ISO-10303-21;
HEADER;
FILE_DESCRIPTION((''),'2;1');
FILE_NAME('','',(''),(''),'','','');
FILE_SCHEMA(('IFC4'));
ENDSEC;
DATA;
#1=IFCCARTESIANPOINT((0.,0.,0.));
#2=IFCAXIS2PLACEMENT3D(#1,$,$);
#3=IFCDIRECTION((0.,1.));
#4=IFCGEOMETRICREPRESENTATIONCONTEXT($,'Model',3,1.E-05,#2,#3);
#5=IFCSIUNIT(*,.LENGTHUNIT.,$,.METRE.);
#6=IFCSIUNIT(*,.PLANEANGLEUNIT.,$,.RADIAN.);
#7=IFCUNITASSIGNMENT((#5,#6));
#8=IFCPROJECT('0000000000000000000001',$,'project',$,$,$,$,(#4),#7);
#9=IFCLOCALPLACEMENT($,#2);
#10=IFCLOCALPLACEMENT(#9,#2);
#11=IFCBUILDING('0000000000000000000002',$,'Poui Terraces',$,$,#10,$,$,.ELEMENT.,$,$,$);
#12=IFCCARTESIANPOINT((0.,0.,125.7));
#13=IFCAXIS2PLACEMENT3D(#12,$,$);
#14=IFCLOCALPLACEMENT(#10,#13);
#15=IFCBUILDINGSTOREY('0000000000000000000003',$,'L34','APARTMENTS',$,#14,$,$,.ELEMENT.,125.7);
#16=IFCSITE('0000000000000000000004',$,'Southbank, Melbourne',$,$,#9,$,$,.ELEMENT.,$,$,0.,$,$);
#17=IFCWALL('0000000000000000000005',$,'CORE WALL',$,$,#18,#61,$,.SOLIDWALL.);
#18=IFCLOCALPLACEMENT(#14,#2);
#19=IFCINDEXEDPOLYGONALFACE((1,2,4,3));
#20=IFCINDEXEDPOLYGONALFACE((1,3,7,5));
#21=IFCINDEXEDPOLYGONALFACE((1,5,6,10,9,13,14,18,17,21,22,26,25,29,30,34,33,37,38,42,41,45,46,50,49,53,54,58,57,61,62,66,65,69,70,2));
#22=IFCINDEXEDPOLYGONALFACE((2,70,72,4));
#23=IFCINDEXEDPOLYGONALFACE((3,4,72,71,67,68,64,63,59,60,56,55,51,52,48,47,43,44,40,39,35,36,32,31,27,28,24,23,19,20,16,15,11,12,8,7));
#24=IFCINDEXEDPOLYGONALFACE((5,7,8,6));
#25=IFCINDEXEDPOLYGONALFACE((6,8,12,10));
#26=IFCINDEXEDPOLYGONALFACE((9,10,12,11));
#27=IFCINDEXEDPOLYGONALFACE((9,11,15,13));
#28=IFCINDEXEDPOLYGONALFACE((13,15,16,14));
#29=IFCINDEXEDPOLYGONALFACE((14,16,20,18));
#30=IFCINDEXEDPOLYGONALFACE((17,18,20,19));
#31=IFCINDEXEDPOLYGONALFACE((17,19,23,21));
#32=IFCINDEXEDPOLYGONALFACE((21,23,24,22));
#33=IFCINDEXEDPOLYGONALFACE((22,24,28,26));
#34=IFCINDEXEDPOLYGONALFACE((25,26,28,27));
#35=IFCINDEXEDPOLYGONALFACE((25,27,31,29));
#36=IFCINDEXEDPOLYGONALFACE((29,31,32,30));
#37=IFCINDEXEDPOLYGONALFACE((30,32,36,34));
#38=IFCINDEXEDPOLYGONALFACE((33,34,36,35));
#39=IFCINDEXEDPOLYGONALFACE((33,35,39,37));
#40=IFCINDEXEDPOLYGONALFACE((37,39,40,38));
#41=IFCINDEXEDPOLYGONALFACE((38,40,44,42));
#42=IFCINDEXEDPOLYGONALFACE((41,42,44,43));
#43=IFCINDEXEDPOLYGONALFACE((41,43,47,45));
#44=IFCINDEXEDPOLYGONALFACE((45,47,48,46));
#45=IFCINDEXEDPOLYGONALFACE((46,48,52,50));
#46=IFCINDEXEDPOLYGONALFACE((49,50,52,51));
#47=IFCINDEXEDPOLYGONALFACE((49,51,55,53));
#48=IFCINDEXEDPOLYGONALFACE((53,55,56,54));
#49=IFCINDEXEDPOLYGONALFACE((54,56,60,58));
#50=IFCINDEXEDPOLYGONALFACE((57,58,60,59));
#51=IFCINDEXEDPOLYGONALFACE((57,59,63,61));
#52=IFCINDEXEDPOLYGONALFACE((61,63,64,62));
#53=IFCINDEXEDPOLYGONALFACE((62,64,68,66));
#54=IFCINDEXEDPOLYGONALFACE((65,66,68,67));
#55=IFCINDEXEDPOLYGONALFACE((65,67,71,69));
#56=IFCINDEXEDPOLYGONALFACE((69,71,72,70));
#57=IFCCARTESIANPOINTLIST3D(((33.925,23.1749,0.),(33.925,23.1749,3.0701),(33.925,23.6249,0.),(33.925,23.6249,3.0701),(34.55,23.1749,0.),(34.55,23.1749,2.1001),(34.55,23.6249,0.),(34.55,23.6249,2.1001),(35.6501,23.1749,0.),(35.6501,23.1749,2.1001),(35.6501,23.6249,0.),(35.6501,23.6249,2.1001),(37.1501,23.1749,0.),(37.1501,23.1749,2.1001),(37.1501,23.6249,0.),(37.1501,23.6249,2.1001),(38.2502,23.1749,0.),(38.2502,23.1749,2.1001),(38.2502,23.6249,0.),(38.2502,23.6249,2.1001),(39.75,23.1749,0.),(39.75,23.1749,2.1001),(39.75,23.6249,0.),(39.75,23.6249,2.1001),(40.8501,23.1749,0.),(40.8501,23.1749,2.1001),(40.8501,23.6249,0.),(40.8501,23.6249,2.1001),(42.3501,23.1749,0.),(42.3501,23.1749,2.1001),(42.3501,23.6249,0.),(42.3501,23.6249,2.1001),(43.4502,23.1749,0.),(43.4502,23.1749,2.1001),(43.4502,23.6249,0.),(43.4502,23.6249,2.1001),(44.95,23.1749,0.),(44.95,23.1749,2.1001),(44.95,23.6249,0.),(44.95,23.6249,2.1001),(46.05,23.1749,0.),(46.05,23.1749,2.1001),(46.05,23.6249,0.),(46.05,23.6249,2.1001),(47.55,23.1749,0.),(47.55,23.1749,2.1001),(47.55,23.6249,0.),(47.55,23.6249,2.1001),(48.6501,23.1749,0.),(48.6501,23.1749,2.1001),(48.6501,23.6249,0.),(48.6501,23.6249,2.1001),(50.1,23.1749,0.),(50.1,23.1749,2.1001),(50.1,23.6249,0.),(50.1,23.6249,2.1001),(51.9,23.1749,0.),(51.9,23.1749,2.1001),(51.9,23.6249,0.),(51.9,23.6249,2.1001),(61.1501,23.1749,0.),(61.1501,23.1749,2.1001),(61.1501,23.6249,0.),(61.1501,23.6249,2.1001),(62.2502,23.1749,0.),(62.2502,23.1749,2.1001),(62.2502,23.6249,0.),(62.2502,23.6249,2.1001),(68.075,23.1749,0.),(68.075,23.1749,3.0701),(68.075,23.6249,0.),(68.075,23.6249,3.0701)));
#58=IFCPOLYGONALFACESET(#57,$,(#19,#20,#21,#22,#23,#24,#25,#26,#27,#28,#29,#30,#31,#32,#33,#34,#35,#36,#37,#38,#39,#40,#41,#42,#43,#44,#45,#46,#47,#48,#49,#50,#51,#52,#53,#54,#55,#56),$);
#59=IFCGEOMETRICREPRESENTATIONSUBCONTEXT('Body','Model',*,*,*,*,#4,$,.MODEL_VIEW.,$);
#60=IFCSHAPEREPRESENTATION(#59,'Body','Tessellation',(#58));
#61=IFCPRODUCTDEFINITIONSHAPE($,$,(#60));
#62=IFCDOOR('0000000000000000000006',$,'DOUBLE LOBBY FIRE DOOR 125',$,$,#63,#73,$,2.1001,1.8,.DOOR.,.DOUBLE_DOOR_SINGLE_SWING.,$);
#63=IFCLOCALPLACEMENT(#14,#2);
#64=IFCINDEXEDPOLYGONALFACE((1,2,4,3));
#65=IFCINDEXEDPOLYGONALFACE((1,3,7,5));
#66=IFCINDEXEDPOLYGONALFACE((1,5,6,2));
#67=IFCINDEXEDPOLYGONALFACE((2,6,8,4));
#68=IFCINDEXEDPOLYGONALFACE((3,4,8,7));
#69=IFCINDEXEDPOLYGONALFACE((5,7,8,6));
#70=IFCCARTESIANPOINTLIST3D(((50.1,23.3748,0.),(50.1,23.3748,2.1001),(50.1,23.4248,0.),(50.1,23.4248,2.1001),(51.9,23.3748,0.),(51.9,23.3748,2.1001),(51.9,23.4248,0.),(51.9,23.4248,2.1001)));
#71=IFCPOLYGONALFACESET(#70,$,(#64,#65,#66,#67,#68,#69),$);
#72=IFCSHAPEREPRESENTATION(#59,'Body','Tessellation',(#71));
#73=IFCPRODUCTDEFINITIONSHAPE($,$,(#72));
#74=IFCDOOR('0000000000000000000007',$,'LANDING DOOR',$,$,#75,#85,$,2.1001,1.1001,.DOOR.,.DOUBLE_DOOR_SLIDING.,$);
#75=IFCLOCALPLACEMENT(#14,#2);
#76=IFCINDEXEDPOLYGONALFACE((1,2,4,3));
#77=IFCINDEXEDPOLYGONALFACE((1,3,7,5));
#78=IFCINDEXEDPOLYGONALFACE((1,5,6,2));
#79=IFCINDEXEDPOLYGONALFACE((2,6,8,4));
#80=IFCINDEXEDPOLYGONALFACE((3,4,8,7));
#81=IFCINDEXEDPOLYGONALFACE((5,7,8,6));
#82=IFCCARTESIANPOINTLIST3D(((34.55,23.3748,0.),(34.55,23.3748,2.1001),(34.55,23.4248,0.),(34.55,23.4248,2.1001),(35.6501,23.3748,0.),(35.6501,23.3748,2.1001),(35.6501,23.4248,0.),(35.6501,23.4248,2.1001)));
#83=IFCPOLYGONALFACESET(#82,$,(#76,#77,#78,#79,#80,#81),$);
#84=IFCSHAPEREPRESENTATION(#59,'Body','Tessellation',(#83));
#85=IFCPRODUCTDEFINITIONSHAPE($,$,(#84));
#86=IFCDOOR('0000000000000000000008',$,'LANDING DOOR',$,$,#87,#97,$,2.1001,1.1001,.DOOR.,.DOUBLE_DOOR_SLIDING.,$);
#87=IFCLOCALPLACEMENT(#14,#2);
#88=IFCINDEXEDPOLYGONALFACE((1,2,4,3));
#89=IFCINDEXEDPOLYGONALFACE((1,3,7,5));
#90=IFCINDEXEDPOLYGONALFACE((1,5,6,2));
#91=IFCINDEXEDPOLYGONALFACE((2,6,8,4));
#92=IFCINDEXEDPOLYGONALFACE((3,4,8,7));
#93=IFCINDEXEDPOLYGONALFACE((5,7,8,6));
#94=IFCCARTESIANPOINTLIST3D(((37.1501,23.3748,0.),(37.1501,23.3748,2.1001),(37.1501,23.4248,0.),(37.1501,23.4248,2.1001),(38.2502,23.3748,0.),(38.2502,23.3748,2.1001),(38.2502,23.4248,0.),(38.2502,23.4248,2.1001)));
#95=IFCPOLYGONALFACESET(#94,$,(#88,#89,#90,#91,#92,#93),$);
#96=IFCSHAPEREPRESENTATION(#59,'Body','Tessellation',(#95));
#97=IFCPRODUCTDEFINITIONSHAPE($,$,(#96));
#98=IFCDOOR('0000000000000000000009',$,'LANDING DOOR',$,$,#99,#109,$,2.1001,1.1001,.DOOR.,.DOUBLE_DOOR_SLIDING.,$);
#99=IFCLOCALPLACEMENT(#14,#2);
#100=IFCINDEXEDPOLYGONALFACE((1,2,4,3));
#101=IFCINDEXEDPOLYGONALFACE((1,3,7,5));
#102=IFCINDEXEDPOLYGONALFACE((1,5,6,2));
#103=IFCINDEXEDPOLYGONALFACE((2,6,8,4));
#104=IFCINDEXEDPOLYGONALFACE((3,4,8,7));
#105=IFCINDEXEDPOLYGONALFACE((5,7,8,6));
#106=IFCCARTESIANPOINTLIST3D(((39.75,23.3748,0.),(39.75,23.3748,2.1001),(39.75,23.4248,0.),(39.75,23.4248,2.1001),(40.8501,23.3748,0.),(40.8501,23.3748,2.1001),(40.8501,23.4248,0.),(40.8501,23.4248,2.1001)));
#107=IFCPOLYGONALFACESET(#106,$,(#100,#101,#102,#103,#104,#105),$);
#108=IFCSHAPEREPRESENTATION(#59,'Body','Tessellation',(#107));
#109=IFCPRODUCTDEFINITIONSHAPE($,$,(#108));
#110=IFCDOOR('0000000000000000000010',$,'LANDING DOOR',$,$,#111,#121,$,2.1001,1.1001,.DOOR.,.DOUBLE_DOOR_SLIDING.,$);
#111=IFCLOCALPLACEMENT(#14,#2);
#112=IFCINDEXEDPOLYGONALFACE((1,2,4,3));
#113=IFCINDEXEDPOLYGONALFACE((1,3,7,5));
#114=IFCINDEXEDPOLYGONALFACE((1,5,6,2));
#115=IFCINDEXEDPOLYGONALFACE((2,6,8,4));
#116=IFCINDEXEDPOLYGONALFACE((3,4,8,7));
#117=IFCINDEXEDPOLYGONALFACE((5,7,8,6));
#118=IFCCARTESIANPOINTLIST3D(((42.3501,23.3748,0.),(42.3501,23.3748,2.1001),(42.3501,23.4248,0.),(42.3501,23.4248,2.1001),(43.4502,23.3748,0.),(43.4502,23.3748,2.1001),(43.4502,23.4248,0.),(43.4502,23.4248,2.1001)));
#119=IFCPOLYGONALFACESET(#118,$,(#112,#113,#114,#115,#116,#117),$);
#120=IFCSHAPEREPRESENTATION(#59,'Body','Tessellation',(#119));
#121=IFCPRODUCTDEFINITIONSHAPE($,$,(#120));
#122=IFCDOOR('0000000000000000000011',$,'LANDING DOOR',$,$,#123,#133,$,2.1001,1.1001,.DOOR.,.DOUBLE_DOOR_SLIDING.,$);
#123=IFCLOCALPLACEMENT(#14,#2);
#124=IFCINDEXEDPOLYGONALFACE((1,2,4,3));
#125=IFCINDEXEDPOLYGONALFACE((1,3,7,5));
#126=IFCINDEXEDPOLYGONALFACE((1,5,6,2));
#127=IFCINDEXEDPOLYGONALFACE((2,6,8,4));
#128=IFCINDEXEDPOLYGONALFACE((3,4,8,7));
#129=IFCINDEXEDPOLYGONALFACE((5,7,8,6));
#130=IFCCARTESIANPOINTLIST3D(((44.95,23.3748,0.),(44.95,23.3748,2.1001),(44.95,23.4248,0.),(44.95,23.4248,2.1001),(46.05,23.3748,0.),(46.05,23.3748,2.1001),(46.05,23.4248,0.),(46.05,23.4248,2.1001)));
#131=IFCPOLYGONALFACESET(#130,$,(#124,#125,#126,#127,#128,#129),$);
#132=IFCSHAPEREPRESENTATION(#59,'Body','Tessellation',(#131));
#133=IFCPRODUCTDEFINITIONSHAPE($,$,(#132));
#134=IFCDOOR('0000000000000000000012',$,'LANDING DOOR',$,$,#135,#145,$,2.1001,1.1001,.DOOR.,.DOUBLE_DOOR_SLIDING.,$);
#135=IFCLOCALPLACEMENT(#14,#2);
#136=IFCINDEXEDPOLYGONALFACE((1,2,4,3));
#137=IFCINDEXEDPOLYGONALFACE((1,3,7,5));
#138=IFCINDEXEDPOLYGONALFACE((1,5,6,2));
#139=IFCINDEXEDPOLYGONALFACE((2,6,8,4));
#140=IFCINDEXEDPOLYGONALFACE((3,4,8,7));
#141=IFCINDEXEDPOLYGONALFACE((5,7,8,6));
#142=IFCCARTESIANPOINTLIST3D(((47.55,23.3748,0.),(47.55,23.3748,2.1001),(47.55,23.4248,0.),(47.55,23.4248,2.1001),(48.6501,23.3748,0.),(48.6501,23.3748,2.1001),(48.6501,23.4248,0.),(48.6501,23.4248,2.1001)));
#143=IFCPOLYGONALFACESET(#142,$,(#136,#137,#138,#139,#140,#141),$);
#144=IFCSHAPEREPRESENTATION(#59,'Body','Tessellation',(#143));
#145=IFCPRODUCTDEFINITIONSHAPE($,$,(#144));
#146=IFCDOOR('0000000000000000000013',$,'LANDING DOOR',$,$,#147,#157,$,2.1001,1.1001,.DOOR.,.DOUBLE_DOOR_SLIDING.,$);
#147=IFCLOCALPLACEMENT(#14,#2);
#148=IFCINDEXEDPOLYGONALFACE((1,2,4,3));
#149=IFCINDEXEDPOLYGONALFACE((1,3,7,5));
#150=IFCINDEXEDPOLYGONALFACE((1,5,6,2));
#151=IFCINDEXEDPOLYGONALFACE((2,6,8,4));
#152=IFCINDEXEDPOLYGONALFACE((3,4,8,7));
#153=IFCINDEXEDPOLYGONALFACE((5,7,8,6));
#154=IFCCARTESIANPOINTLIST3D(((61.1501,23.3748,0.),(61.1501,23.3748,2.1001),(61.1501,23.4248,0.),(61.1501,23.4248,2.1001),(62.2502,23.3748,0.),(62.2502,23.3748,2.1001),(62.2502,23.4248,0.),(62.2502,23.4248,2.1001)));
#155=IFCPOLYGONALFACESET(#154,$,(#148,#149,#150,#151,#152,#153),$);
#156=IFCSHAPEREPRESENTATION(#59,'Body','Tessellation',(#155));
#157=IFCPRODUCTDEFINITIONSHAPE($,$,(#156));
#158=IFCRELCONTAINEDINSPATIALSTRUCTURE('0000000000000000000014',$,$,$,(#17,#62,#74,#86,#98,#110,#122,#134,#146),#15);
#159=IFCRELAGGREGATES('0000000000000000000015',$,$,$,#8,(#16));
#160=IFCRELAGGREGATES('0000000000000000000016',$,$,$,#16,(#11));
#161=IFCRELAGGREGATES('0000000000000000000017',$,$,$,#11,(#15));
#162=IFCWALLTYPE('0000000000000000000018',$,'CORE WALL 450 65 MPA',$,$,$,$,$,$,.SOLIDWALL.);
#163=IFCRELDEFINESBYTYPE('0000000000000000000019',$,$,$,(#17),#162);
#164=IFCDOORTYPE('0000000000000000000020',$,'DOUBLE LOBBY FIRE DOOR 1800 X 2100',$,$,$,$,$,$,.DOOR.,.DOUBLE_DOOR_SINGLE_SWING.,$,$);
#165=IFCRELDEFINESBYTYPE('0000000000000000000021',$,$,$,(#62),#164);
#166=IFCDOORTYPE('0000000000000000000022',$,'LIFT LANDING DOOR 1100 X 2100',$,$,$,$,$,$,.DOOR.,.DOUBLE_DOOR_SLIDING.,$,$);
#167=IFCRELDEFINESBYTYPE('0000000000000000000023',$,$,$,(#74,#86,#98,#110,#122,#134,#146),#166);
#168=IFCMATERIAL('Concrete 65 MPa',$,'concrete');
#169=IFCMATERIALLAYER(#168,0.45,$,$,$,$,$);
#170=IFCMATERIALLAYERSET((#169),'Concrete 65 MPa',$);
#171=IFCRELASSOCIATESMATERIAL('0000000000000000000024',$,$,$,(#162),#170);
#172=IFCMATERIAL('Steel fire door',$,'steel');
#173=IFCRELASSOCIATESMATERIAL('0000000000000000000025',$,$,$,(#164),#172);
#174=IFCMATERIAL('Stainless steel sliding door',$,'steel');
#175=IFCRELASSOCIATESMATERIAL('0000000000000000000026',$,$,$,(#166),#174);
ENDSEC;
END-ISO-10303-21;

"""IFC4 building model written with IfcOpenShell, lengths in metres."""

from ifc_helpers import new_model, si_unit, direction, frame, frame_2d, origin, place, context, subcontext, project, spatial, rectangle, extrude, material, layer, layer_set, type_object, element, fill, save


model = new_model("IFC4")

# Units and contexts
model_context = context("Model", 3, precision=1e-05, world=origin(), true_north=direction((0.0, 1.0)))
body_context = subcontext(model_context, "Body", "Model", "MODEL_VIEW")
ifc_project = project(units=[si_unit("LENGTHUNIT", "METRE"), si_unit("PLANEANGLEUNIT", "RADIAN")], contexts=[model_context])

# Site, building, storey
site_placement = place(None, origin())
site = spatial("IfcSite", under=ifc_project, at=site_placement, Name="Southbank, Melbourne", CompositionType="ELEMENT", RefElevation=0.0)
building_placement = place(site_placement, origin())
building = spatial("IfcBuilding", under=site, at=building_placement, Name="Poui Terraces", CompositionType="ELEMENT")
storey_placement = place(building_placement, frame((0.0, 0.0, 125.7)))
storey = spatial("IfcBuildingStorey", under=building, at=storey_placement, Name="L34", Description="APARTMENTS", CompositionType="ELEMENT", Elevation=125.7)

# Shared definitions
ifc_material_1 = material(Name="Concrete 65 MPa", Category="concrete")

# Wall, openings, doors
ifc_layer_1 = layer(ifc_material_1, 0.45)
ifc_layer_set_1 = layer_set([ifc_layer_1], Name="Concrete 65 MPa")
wall_type_1 = type_object("IfcWallType", Name="CORE WALL 450 65 MPA", PredefinedType="SOLIDWALL", material=ifc_layer_set_1)
wall_1_placement = place(storey_placement, frame((33.925, 23.3999, 0.0), z_axis=(0.0, 0.0, 1.0), x_axis=(1.0, 0.0, 0.0)))
wall_1 = element("IfcWall", 1, at=wall_1_placement, inside=storey, type_object=wall_type_1, Name="CORE WALL", PredefinedType="SOLIDWALL", context=body_context, shape_type="SweptSolid", body=[
    extrude(rectangle(XDim=34.1499, YDim=0.45, at=frame_2d((17.075, 0.0))), origin(), (0.0, 0.0, 1.0), 3.0701),
])
opening_1_placement = place(wall_1_placement, frame((16.175, 0.0, 0.0)))
opening_1 = element("IfcOpeningElement", 2, at=opening_1_placement, cuts=wall_1, PredefinedType="OPENING", context=body_context, shape_type="SweptSolid", body=[
    extrude(rectangle(XDim=1.8, YDim=2.1001, at=frame_2d((0.8999, 1.05))), frame((0.0, 0.2349, 0.0), z_axis=(0.0, -1.0, 0.0), x_axis=(1.0, 0.0, 0.0)), (0.0, 0.0, 1.0), 0.47),
])
opening_2_placement = place(wall_1_placement, frame((0.625, 0.0, 0.0)))
opening_2 = element("IfcOpeningElement", 3, at=opening_2_placement, cuts=wall_1, PredefinedType="OPENING", context=body_context, shape_type="SweptSolid", body=[
    extrude(rectangle(XDim=1.1001, YDim=2.1001, at=frame_2d((0.55, 1.05))), frame((0.0, 0.2349, 0.0), z_axis=(0.0, -1.0, 0.0), x_axis=(1.0, 0.0, 0.0)), (0.0, 0.0, 1.0), 0.47),
])
opening_3_placement = place(wall_1_placement, frame((3.2251, 0.0, 0.0)))
opening_3 = element("IfcOpeningElement", 4, at=opening_3_placement, cuts=wall_1, PredefinedType="OPENING", context=body_context, shape_type="SweptSolid", body=[
    extrude(rectangle(XDim=1.1001, YDim=2.1001, at=frame_2d((0.55, 1.05))), frame((0.0, 0.2349, 0.0), z_axis=(0.0, -1.0, 0.0), x_axis=(1.0, 0.0, 0.0)), (0.0, 0.0, 1.0), 0.47),
])
opening_4_placement = place(wall_1_placement, frame((5.825, 0.0, 0.0)))
opening_4 = element("IfcOpeningElement", 5, at=opening_4_placement, cuts=wall_1, PredefinedType="OPENING", context=body_context, shape_type="SweptSolid", body=[
    extrude(rectangle(XDim=1.1001, YDim=2.1001, at=frame_2d((0.55, 1.05))), frame((0.0, 0.2349, 0.0), z_axis=(0.0, -1.0, 0.0), x_axis=(1.0, 0.0, 0.0)), (0.0, 0.0, 1.0), 0.47),
])
opening_5_placement = place(wall_1_placement, frame((8.425, 0.0, 0.0)))
opening_5 = element("IfcOpeningElement", 6, at=opening_5_placement, cuts=wall_1, PredefinedType="OPENING", context=body_context, shape_type="SweptSolid", body=[
    extrude(rectangle(XDim=1.1001, YDim=2.1001, at=frame_2d((0.55, 1.05))), frame((0.0, 0.2349, 0.0), z_axis=(0.0, -1.0, 0.0), x_axis=(1.0, 0.0, 0.0)), (0.0, 0.0, 1.0), 0.47),
])
opening_6_placement = place(wall_1_placement, frame((11.0249, 0.0, 0.0)))
opening_6 = element("IfcOpeningElement", 7, at=opening_6_placement, cuts=wall_1, PredefinedType="OPENING", context=body_context, shape_type="SweptSolid", body=[
    extrude(rectangle(XDim=1.1001, YDim=2.1001, at=frame_2d((0.55, 1.05))), frame((0.0, 0.2349, 0.0), z_axis=(0.0, -1.0, 0.0), x_axis=(1.0, 0.0, 0.0)), (0.0, 0.0, 1.0), 0.47),
])
opening_7_placement = place(wall_1_placement, frame((13.625, 0.0, 0.0)))
opening_7 = element("IfcOpeningElement", 8, at=opening_7_placement, cuts=wall_1, PredefinedType="OPENING", context=body_context, shape_type="SweptSolid", body=[
    extrude(rectangle(XDim=1.1001, YDim=2.1001, at=frame_2d((0.55, 1.05))), frame((0.0, 0.2349, 0.0), z_axis=(0.0, -1.0, 0.0), x_axis=(1.0, 0.0, 0.0)), (0.0, 0.0, 1.0), 0.47),
])
opening_8_placement = place(wall_1_placement, frame((27.2251, 0.0, 0.0)))
opening_8 = element("IfcOpeningElement", 9, at=opening_8_placement, cuts=wall_1, PredefinedType="OPENING", context=body_context, shape_type="SweptSolid", body=[
    extrude(rectangle(XDim=1.1001, YDim=2.1001, at=frame_2d((0.55, 1.05))), frame((0.0, 0.2349, 0.0), z_axis=(0.0, -1.0, 0.0), x_axis=(1.0, 0.0, 0.0)), (0.0, 0.0, 1.0), 0.47),
])
ifc_material_2 = material(Name="Steel fire door", Category="steel")
door_type_1 = type_object("IfcDoorType", Name="DOUBLE LOBBY FIRE DOOR 1800 X 2100", OperationType="DOUBLE_DOOR_SINGLE_SWING", PredefinedType="DOOR", material=ifc_material_2)
door_1_placement = place(opening_1_placement, origin())
door_1 = element("IfcDoor", 10, at=door_1_placement, inside=storey, type_object=door_type_1, Name="DOUBLE LOBBY FIRE DOOR 125", OperationType="DOUBLE_DOOR_SINGLE_SWING", OverallHeight=2.1001, OverallWidth=1.8, PredefinedType="DOOR", context=body_context, shape_type="SweptSolid", body=[
    extrude(rectangle(XDim=1.8, YDim=2.1001, at=frame_2d((0.8999, 1.05))), frame((0.0, 0.0249, 0.0), z_axis=(0.0, -1.0, 0.0), x_axis=(1.0, 0.0, 0.0)), (0.0, 0.0, 1.0), 0.05),
])
fill(opening_1, door_1)
ifc_material_3 = material(Name="Stainless steel sliding door", Category="steel")
door_type_2 = type_object("IfcDoorType", Name="LIFT LANDING DOOR 1100 X 2100", OperationType="DOUBLE_DOOR_SLIDING", PredefinedType="DOOR", material=ifc_material_3)
door_2_placement = place(opening_2_placement, origin())
door_2 = element("IfcDoor", 11, at=door_2_placement, inside=storey, type_object=door_type_2, Name="LANDING DOOR", OperationType="DOUBLE_DOOR_SLIDING", OverallHeight=2.1001, OverallWidth=1.1001, PredefinedType="DOOR", context=body_context, shape_type="SweptSolid", body=[
    extrude(rectangle(XDim=1.1001, YDim=2.1001, at=frame_2d((0.55, 1.05))), frame((0.0, 0.0249, 0.0), z_axis=(0.0, -1.0, 0.0), x_axis=(1.0, 0.0, 0.0)), (0.0, 0.0, 1.0), 0.05),
])
fill(opening_2, door_2)
door_3_placement = place(opening_3_placement, origin())
door_3 = element("IfcDoor", 12, at=door_3_placement, inside=storey, type_object=door_type_2, Name="LANDING DOOR", OperationType="DOUBLE_DOOR_SLIDING", OverallHeight=2.1001, OverallWidth=1.1001, PredefinedType="DOOR", context=body_context, shape_type="SweptSolid", body=[
    extrude(rectangle(XDim=1.1001, YDim=2.1001, at=frame_2d((0.55, 1.05))), frame((0.0, 0.0249, 0.0), z_axis=(0.0, -1.0, 0.0), x_axis=(1.0, 0.0, 0.0)), (0.0, 0.0, 1.0), 0.05),
])
fill(opening_3, door_3)
door_4_placement = place(opening_4_placement, origin())
door_4 = element("IfcDoor", 13, at=door_4_placement, inside=storey, type_object=door_type_2, Name="LANDING DOOR", OperationType="DOUBLE_DOOR_SLIDING", OverallHeight=2.1001, OverallWidth=1.1001, PredefinedType="DOOR", context=body_context, shape_type="SweptSolid", body=[
    extrude(rectangle(XDim=1.1001, YDim=2.1001, at=frame_2d((0.55, 1.05))), frame((0.0, 0.0249, 0.0), z_axis=(0.0, -1.0, 0.0), x_axis=(1.0, 0.0, 0.0)), (0.0, 0.0, 1.0), 0.05),
])
fill(opening_4, door_4)
door_5_placement = place(opening_5_placement, origin())
door_5 = element("IfcDoor", 14, at=door_5_placement, inside=storey, type_object=door_type_2, Name="LANDING DOOR", OperationType="DOUBLE_DOOR_SLIDING", OverallHeight=2.1001, OverallWidth=1.1001, PredefinedType="DOOR", context=body_context, shape_type="SweptSolid", body=[
    extrude(rectangle(XDim=1.1001, YDim=2.1001, at=frame_2d((0.55, 1.05))), frame((0.0, 0.0249, 0.0), z_axis=(0.0, -1.0, 0.0), x_axis=(1.0, 0.0, 0.0)), (0.0, 0.0, 1.0), 0.05),
])
fill(opening_5, door_5)
door_6_placement = place(opening_6_placement, origin())
door_6 = element("IfcDoor", 15, at=door_6_placement, inside=storey, type_object=door_type_2, Name="LANDING DOOR", OperationType="DOUBLE_DOOR_SLIDING", OverallHeight=2.1001, OverallWidth=1.1001, PredefinedType="DOOR", context=body_context, shape_type="SweptSolid", body=[
    extrude(rectangle(XDim=1.1001, YDim=2.1001, at=frame_2d((0.55, 1.05))), frame((0.0, 0.0249, 0.0), z_axis=(0.0, -1.0, 0.0), x_axis=(1.0, 0.0, 0.0)), (0.0, 0.0, 1.0), 0.05),
])
fill(opening_6, door_6)
door_7_placement = place(opening_7_placement, origin())
door_7 = element("IfcDoor", 16, at=door_7_placement, inside=storey, type_object=door_type_2, Name="LANDING DOOR", OperationType="DOUBLE_DOOR_SLIDING", OverallHeight=2.1001, OverallWidth=1.1001, PredefinedType="DOOR", context=body_context, shape_type="SweptSolid", body=[
    extrude(rectangle(XDim=1.1001, YDim=2.1001, at=frame_2d((0.55, 1.05))), frame((0.0, 0.0249, 0.0), z_axis=(0.0, -1.0, 0.0), x_axis=(1.0, 0.0, 0.0)), (0.0, 0.0, 1.0), 0.05),
])
fill(opening_7, door_7)
door_8_placement = place(opening_8_placement, origin())
door_8 = element("IfcDoor", 17, at=door_8_placement, inside=storey, type_object=door_type_2, Name="LANDING DOOR", OperationType="DOUBLE_DOOR_SLIDING", OverallHeight=2.1001, OverallWidth=1.1001, PredefinedType="DOOR", context=body_context, shape_type="SweptSolid", body=[
    extrude(rectangle(XDim=1.1001, YDim=2.1001, at=frame_2d((0.55, 1.05))), frame((0.0, 0.0249, 0.0), z_axis=(0.0, -1.0, 0.0), x_axis=(1.0, 0.0, 0.0)), (0.0, 0.0, 1.0), 0.05),
])
fill(opening_8, door_8)

save(model, "model.ifc")
